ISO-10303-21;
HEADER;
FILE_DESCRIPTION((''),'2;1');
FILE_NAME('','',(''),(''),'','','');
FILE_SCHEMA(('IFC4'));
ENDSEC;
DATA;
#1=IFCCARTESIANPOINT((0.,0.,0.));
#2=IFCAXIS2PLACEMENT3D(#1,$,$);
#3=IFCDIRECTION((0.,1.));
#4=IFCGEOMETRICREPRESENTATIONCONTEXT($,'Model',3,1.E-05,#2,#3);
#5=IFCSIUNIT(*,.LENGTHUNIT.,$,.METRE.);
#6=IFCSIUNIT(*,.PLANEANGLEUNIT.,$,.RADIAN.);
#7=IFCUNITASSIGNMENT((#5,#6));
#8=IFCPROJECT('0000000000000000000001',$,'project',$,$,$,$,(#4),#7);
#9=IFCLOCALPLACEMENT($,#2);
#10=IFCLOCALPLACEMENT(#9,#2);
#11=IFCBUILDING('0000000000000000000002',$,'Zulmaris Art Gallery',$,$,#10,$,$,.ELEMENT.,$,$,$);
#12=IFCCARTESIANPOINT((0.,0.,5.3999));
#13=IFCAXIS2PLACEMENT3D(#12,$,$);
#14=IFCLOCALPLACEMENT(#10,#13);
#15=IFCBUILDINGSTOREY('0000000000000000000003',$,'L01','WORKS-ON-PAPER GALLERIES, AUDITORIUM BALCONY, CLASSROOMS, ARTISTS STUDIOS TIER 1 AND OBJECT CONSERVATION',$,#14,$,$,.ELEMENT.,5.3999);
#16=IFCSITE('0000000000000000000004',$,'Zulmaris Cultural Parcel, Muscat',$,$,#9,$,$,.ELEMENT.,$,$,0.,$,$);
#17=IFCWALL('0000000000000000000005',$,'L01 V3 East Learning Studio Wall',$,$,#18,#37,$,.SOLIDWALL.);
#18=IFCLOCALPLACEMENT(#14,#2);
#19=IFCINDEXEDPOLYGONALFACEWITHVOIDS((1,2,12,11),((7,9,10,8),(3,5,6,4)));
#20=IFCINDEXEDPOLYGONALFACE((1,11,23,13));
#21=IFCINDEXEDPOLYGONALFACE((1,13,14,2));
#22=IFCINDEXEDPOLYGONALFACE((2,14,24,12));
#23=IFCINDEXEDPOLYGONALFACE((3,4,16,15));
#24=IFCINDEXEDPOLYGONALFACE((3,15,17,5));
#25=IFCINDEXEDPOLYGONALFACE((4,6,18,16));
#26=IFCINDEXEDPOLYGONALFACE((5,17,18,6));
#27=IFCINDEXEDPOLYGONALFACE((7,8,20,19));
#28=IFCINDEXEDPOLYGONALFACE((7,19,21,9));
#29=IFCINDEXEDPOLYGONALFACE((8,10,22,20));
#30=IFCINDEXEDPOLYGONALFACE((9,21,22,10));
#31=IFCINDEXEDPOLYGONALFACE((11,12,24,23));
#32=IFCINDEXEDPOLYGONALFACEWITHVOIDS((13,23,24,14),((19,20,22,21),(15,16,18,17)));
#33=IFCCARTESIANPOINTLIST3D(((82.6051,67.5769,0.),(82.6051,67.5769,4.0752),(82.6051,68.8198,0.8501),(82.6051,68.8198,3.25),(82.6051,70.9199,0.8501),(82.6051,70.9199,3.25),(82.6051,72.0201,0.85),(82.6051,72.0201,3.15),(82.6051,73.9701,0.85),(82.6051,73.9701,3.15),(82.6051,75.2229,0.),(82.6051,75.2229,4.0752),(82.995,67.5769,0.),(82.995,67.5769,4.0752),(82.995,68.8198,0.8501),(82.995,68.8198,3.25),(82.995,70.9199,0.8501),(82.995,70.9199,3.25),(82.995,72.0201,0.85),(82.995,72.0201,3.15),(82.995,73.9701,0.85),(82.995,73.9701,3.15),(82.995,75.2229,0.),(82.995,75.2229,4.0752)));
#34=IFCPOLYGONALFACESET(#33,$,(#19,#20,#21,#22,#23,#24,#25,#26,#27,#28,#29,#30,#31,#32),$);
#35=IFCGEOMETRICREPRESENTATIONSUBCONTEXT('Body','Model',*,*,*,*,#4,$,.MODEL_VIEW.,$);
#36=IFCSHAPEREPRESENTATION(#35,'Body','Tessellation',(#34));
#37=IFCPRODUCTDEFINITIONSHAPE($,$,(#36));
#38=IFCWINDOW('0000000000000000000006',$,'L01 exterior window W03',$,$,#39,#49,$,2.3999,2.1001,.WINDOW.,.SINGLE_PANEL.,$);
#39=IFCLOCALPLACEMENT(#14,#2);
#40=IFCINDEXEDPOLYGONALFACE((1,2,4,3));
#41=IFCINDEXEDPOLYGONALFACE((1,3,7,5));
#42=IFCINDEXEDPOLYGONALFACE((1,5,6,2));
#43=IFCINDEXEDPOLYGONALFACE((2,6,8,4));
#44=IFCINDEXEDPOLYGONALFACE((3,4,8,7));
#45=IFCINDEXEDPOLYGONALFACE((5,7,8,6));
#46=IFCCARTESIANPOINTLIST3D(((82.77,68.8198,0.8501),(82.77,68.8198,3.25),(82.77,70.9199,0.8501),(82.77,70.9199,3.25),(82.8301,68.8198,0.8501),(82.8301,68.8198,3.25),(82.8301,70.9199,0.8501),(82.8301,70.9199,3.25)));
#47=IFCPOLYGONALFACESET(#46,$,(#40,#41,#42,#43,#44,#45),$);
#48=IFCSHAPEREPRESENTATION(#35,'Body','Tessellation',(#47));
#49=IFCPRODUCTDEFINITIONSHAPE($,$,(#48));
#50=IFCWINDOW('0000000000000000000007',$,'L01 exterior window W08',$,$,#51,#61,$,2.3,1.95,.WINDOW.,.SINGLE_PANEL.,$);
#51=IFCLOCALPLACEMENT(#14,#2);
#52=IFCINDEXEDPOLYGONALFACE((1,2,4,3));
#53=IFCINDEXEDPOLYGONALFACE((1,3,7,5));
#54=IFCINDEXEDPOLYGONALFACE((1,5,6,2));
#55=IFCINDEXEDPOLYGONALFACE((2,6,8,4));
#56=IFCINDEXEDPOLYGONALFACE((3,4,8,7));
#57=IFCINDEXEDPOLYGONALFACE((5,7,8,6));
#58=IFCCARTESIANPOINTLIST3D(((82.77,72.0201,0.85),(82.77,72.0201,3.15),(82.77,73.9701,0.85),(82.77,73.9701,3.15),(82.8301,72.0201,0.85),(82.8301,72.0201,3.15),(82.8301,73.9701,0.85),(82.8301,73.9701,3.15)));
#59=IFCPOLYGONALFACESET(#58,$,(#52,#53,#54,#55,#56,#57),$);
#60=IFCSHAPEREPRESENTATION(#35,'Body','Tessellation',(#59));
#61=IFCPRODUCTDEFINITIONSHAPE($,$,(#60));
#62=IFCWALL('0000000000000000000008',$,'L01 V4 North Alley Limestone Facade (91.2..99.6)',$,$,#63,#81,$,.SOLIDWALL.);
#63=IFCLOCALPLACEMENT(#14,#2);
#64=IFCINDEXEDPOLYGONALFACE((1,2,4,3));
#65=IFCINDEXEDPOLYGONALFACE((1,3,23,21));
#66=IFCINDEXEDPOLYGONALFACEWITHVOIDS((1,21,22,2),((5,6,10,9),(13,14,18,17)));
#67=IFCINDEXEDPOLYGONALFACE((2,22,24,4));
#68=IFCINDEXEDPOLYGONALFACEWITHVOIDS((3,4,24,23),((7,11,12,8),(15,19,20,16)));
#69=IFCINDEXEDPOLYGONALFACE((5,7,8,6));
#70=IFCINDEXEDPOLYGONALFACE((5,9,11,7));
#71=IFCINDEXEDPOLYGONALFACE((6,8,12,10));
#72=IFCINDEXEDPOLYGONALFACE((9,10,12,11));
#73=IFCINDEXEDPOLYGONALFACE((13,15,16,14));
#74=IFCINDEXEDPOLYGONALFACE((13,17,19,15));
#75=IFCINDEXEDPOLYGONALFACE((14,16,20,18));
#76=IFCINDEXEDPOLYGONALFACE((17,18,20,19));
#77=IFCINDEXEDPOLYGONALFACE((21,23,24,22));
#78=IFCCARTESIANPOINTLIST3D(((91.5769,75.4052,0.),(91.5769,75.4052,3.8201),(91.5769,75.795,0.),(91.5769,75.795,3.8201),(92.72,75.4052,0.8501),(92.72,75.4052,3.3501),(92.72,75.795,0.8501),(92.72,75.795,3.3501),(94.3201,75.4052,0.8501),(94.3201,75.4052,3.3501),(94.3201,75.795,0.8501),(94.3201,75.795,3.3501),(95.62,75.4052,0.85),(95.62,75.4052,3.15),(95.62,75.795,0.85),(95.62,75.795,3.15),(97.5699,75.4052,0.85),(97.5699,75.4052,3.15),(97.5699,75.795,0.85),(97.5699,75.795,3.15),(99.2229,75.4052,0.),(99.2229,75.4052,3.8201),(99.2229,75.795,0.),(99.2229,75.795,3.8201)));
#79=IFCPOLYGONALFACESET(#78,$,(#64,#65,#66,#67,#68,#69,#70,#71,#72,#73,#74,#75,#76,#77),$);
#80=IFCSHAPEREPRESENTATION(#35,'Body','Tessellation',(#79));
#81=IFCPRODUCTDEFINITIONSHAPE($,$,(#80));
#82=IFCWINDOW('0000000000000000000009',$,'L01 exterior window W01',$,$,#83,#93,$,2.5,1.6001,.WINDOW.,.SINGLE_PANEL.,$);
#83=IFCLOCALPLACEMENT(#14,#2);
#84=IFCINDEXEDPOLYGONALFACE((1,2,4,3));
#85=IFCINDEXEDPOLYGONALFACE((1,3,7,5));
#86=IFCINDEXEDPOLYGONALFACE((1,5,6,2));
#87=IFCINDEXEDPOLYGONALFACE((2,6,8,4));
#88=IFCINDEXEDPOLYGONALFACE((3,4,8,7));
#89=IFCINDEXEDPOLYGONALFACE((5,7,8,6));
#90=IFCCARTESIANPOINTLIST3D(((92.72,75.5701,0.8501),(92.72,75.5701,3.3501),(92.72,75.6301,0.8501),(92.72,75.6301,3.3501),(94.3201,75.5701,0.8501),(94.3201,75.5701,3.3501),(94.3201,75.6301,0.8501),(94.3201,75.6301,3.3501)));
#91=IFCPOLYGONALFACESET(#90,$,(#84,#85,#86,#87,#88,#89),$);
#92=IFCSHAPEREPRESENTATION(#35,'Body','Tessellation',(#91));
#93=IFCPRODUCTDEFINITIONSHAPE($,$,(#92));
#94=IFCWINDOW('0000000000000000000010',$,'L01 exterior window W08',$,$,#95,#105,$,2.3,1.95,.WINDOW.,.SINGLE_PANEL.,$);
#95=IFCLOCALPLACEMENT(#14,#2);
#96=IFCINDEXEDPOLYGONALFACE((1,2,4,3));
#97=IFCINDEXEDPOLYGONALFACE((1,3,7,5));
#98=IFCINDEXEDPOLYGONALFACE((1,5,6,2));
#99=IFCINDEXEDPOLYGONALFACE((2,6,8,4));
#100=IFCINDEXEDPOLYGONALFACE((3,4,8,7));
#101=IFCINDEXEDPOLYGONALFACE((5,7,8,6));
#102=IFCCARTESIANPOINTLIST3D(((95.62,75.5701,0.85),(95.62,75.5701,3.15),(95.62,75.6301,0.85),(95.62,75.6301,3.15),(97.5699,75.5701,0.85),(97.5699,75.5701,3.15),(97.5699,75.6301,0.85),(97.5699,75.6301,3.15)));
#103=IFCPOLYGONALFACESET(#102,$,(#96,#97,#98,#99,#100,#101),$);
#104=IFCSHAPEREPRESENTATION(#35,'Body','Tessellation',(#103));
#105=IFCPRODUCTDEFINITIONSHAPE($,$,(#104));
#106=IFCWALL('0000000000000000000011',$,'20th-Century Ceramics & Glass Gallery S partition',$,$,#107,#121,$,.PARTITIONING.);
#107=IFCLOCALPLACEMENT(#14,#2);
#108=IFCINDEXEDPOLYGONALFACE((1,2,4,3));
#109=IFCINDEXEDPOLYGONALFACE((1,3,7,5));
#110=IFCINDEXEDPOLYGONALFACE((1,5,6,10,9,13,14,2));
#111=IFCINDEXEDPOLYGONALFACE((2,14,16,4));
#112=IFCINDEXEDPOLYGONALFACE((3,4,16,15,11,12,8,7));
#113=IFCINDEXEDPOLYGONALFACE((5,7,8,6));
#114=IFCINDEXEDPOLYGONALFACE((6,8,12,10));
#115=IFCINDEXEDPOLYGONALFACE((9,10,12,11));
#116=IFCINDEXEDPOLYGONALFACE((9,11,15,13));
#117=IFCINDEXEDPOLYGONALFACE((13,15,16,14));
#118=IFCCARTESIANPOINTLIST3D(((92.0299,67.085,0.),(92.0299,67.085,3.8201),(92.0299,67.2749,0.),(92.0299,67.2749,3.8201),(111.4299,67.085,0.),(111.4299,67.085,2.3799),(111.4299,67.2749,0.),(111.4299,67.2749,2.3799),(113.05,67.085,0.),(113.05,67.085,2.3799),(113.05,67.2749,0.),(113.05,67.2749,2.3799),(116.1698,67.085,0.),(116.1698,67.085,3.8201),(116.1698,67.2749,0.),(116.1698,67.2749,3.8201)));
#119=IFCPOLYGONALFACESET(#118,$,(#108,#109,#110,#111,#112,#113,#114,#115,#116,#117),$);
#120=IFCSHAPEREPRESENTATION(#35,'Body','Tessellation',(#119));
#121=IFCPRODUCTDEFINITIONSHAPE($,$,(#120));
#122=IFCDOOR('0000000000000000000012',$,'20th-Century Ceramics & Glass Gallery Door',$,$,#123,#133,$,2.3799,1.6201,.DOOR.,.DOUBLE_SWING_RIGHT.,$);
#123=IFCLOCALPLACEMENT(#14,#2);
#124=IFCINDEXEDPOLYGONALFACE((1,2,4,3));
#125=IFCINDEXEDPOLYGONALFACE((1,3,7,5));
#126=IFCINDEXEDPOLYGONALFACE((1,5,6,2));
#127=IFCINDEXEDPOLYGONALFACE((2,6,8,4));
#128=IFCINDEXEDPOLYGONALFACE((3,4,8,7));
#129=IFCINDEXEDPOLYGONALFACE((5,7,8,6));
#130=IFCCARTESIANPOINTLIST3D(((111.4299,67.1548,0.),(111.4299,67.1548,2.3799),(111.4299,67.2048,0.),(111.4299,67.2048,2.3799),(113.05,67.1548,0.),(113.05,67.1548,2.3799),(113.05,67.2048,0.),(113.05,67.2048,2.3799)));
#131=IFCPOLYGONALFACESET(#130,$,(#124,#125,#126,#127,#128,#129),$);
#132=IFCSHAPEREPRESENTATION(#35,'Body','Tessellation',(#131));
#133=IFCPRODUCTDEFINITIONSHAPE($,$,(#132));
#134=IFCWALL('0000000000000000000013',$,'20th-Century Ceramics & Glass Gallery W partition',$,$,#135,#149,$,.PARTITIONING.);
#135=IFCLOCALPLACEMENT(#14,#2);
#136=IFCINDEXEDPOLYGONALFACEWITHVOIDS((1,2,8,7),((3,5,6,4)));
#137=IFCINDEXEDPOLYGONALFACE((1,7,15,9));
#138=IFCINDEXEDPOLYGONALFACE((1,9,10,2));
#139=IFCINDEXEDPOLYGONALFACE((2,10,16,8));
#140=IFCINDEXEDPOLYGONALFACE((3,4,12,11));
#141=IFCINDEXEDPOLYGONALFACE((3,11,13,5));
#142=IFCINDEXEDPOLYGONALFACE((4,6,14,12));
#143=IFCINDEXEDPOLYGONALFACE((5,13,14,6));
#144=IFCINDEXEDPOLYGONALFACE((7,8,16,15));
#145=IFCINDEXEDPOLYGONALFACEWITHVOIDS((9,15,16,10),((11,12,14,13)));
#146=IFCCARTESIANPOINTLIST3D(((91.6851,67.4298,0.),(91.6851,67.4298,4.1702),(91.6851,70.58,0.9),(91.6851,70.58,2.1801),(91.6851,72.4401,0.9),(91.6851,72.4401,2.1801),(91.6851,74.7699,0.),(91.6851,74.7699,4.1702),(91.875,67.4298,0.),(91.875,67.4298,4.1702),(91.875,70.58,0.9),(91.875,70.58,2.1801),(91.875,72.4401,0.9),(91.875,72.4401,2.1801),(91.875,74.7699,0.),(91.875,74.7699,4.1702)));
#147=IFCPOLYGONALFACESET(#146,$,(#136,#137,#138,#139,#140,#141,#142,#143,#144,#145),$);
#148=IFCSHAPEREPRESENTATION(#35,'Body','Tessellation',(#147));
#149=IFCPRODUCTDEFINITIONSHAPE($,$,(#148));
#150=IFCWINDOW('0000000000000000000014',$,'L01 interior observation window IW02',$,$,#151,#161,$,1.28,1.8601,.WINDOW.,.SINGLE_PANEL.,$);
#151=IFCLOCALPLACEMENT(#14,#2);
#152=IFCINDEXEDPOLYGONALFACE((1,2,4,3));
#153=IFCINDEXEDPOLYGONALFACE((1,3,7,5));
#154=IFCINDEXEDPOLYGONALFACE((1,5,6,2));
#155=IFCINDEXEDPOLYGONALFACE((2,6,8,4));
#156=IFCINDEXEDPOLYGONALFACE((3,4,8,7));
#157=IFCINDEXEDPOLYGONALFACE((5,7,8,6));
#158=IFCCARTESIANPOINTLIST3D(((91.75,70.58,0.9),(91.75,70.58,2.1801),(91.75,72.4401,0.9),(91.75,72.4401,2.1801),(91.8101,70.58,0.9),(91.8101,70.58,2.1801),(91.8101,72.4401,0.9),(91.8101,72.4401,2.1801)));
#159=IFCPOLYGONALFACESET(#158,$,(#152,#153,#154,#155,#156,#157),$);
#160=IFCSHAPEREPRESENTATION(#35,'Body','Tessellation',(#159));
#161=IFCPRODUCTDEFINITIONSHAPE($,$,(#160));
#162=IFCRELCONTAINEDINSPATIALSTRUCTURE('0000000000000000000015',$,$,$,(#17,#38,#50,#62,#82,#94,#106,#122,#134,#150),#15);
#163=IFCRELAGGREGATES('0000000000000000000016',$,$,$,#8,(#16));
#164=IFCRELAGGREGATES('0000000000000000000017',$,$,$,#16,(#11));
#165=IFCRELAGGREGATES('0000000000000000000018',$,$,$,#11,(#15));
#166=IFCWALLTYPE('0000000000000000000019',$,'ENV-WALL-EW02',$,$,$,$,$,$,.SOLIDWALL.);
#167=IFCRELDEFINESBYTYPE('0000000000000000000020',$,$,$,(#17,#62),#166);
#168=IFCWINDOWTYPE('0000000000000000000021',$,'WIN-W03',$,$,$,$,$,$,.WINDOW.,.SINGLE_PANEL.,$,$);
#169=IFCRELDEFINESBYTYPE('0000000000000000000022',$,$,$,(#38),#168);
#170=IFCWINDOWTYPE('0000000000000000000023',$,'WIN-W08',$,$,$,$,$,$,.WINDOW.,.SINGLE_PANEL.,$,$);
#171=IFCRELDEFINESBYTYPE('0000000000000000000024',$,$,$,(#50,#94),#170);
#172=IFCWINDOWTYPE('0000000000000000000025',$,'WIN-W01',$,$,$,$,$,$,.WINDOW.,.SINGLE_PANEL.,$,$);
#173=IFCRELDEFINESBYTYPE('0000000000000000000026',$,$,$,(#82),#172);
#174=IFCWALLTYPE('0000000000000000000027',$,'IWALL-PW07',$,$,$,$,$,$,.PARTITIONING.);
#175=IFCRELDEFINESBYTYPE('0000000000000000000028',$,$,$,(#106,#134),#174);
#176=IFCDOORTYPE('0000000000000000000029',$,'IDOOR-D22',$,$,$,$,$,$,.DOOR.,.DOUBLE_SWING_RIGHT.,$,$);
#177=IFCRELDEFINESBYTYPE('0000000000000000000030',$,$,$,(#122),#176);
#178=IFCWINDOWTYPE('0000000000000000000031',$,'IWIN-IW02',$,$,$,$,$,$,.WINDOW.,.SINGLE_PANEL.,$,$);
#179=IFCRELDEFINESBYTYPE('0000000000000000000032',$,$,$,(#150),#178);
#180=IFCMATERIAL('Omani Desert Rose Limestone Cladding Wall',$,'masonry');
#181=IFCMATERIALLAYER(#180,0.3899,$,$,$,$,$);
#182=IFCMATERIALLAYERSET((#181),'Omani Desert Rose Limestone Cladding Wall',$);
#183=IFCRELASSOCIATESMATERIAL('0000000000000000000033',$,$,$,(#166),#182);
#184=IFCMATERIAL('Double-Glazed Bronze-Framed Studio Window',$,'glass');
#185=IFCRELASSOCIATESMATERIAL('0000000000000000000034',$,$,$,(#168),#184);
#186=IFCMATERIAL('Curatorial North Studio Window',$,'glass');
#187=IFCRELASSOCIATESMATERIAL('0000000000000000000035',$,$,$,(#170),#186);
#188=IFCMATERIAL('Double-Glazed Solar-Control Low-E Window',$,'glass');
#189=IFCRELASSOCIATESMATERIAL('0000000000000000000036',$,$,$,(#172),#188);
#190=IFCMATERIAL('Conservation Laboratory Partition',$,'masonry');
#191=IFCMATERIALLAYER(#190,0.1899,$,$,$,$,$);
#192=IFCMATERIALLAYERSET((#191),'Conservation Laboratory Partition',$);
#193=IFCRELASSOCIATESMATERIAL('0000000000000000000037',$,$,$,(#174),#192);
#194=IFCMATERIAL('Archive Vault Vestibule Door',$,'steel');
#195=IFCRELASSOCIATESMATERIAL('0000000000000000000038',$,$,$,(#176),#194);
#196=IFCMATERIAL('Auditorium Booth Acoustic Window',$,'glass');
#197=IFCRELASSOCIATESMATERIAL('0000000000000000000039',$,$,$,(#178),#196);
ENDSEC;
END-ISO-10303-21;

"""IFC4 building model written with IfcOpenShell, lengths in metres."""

from ifc_helpers import new_model, si_unit, direction, frame, frame_2d, origin, place, context, subcontext, project, spatial, rectangle, extrude, material, layer, layer_set, type_object, element, fill, save


model = new_model("IFC4")

# Units and contexts
model_context = context("Model", 3, precision=1e-05, world=origin(), true_north=direction((0.0, 1.0)))
body_context = subcontext(model_context, "Body", "Model", "MODEL_VIEW")
ifc_project = project(units=[si_unit("LENGTHUNIT", "METRE"), si_unit("PLANEANGLEUNIT", "RADIAN")], contexts=[model_context])

# Site, building, storey
site_placement = place(None, origin())
site = spatial("IfcSite", under=ifc_project, at=site_placement, Name="Zulmaris Cultural Parcel, Muscat", CompositionType="ELEMENT", RefElevation=0.0)
building_placement = place(site_placement, origin())
building = spatial("IfcBuilding", under=site, at=building_placement, Name="Zulmaris Art Gallery", CompositionType="ELEMENT")
storey_placement = place(building_placement, frame((0.0, 0.0, 5.3999)))
storey = spatial("IfcBuildingStorey", under=building, at=storey_placement, Name="L01", Description="WORKS-ON-PAPER GALLERIES, AUDITORIUM BALCONY, CLASSROOMS, ARTISTS STUDIOS TIER 1 AND OBJECT CONSERVATION", CompositionType="ELEMENT", Elevation=5.3999)

# Walls, openings, windows
ifc_material_1 = material(Name="Omani Desert Rose Limestone Cladding Wall", Category="masonry")
ifc_layer_1 = layer(ifc_material_1, 0.3899)
ifc_layer_set_1 = layer_set([ifc_layer_1], Name="Omani Desert Rose Limestone Cladding Wall")
wall_type_1 = type_object("IfcWallType", Name="ENV-WALL-EW02", PredefinedType="SOLIDWALL", material=ifc_layer_set_1)
ifc_material_2 = material(Name="Double-Glazed Bronze-Framed Studio Window", Category="glass")
window_type_1 = type_object("IfcWindowType", Name="WIN-W03", PartitioningType="SINGLE_PANEL", PredefinedType="WINDOW", material=ifc_material_2)
ifc_material_3 = material(Name="Curatorial North Studio Window", Category="glass")
window_type_2 = type_object("IfcWindowType", Name="WIN-W08", PartitioningType="SINGLE_PANEL", PredefinedType="WINDOW", material=ifc_material_3)
wall_1_placement = place(storey_placement, frame((82.8, 67.5769, 0.0), z_axis=(0.0, 0.0, 1.0), x_axis=(0.0, 1.0, 0.0)))
wall_1 = element("IfcWall", 1, at=wall_1_placement, inside=storey, type_object=wall_type_1, Name="L01 V3 East Learning Studio Wall", PredefinedType="SOLIDWALL", context=body_context, shape_type="SweptSolid", body=[
    extrude(rectangle(XDim=7.646, YDim=0.3899, at=frame_2d((3.823, 0.0))), origin(), (0.0, 0.0, 1.0), 4.0752),
])
opening_1_placement = place(wall_1_placement, frame((1.2429, 0.0, 0.8501)))
opening_1 = element("IfcOpeningElement", 2, at=opening_1_placement, cuts=wall_1, PredefinedType="OPENING", context=body_context, shape_type="SweptSolid", body=[
    extrude(rectangle(XDim=2.1001, YDim=2.3999, at=frame_2d((1.05, 1.2))), frame((0.0, 0.2048, 0.0), z_axis=(0.0, -1.0, 0.0), x_axis=(1.0, 0.0, 0.0)), (0.0, 0.0, 1.0), 0.4099),
])
opening_2_placement = place(wall_1_placement, frame((4.4431, 0.0, 0.8501)))
opening_2 = element("IfcOpeningElement", 3, at=opening_2_placement, cuts=wall_1, PredefinedType="OPENING", context=body_context, shape_type="SweptSolid", body=[
    extrude(rectangle(XDim=1.95, YDim=2.3, at=frame_2d((0.9751, 1.1499))), frame((0.0, 0.2048, 0.0), z_axis=(0.0, -1.0, 0.0), x_axis=(1.0, 0.0, 0.0)), (0.0, 0.0, 1.0), 0.4099),
])
window_1_placement = place(opening_1_placement, origin())
window_1 = element("IfcWindow", 4, at=window_1_placement, inside=storey, type_object=window_type_1, Name="L01 exterior window W03", OverallHeight=2.3999, OverallWidth=2.1001, PartitioningType="SINGLE_PANEL", PredefinedType="WINDOW", context=body_context, shape_type="SweptSolid", body=[
    extrude(rectangle(XDim=2.1001, YDim=2.3999, at=frame_2d((1.05, 1.2))), frame((0.0, 0.03, 0.0), z_axis=(0.0, -1.0, 0.0), x_axis=(1.0, 0.0, 0.0)), (0.0, 0.0, 1.0), 0.0601),
])
fill(opening_1, window_1)
window_2_placement = place(opening_2_placement, origin())
window_2 = element("IfcWindow", 5, at=window_2_placement, inside=storey, type_object=window_type_2, Name="L01 exterior window W08", OverallHeight=2.3, OverallWidth=1.95, PartitioningType="SINGLE_PANEL", PredefinedType="WINDOW", context=body_context, shape_type="SweptSolid", body=[
    extrude(rectangle(XDim=1.95, YDim=2.3, at=frame_2d((0.9751, 1.1499))), frame((0.0, 0.03, 0.0), z_axis=(0.0, -1.0, 0.0), x_axis=(1.0, 0.0, 0.0)), (0.0, 0.0, 1.0), 0.0601),
])
fill(opening_2, window_2)
wall_2_placement = place(storey_placement, frame((91.5769, 75.6001, 0.0), z_axis=(0.0, 0.0, 1.0), x_axis=(1.0, 0.0, 0.0)))
wall_2 = element("IfcWall", 6, at=wall_2_placement, inside=storey, type_object=wall_type_1, Name="L01 V4 North Alley Limestone Facade (91.2..99.6)", PredefinedType="SOLIDWALL", context=body_context, shape_type="SweptSolid", body=[
    extrude(rectangle(XDim=7.646, YDim=0.3899, at=frame_2d((3.823, 0.0))), origin(), (0.0, 0.0, 1.0), 3.8201),
])
opening_3_placement = place(wall_2_placement, frame((1.1431, 0.0, 0.8501)))
opening_3 = element("IfcOpeningElement", 7, at=opening_3_placement, cuts=wall_2, PredefinedType="OPENING", context=body_context, shape_type="SweptSolid", body=[
    extrude(rectangle(XDim=1.6001, YDim=2.5, at=frame_2d((0.8, 1.25))), frame((0.0, 0.2048, 0.0), z_axis=(0.0, -1.0, 0.0), x_axis=(1.0, 0.0, 0.0)), (0.0, 0.0, 1.0), 0.4099),
])
opening_4_placement = place(wall_2_placement, frame((4.043, 0.0, 0.8501)))
opening_4 = element("IfcOpeningElement", 8, at=opening_4_placement, cuts=wall_2, PredefinedType="OPENING", context=body_context, shape_type="SweptSolid", body=[
    extrude(rectangle(XDim=1.95, YDim=2.3, at=frame_2d((0.9751, 1.1499))), frame((0.0, 0.2048, 0.0), z_axis=(0.0, -1.0, 0.0), x_axis=(1.0, 0.0, 0.0)), (0.0, 0.0, 1.0), 0.4099),
])
ifc_material_4 = material(Name="Double-Glazed Solar-Control Low-E Window", Category="glass")
window_type_3 = type_object("IfcWindowType", Name="WIN-W01", PartitioningType="SINGLE_PANEL", PredefinedType="WINDOW", material=ifc_material_4)
window_3_placement = place(opening_3_placement, origin())
window_3 = element("IfcWindow", 9, at=window_3_placement, inside=storey, type_object=window_type_3, Name="L01 exterior window W01", OverallHeight=2.5, OverallWidth=1.6001, PartitioningType="SINGLE_PANEL", PredefinedType="WINDOW", context=body_context, shape_type="SweptSolid", body=[
    extrude(rectangle(XDim=1.6001, YDim=2.5, at=frame_2d((0.8, 1.25))), frame((0.0, 0.03, 0.0), z_axis=(0.0, -1.0, 0.0), x_axis=(1.0, 0.0, 0.0)), (0.0, 0.0, 1.0), 0.0601),
])
fill(opening_3, window_3)
window_4_placement = place(opening_4_placement, origin())
window_4 = element("IfcWindow", 10, at=window_4_placement, inside=storey, type_object=window_type_2, Name="L01 exterior window W08", OverallHeight=2.3, OverallWidth=1.95, PartitioningType="SINGLE_PANEL", PredefinedType="WINDOW", context=body_context, shape_type="SweptSolid", body=[
    extrude(rectangle(XDim=1.95, YDim=2.3, at=frame_2d((0.9751, 1.1499))), frame((0.0, 0.03, 0.0), z_axis=(0.0, -1.0, 0.0), x_axis=(1.0, 0.0, 0.0)), (0.0, 0.0, 1.0), 0.0601),
])
fill(opening_4, window_4)

# Wall, opening, door
ifc_material_5 = material(Name="Conservation Laboratory Partition", Category="masonry")
ifc_layer_2 = layer(ifc_material_5, 0.1899)
ifc_layer_set_2 = layer_set([ifc_layer_2], Name="Conservation Laboratory Partition")
wall_type_2 = type_object("IfcWallType", Name="IWALL-PW07", PredefinedType="PARTITIONING", material=ifc_layer_set_2)
wall_3_placement = place(storey_placement, frame((92.03, 67.1799, 0.0), z_axis=(0.0, 0.0, 1.0), x_axis=(1.0, 0.0, 0.0)))
wall_3 = element("IfcWall", 11, at=wall_3_placement, inside=storey, type_object=wall_type_2, Name="20th-Century Ceramics & Glass Gallery S partition", PredefinedType="PARTITIONING", context=body_context, shape_type="SweptSolid", body=[
    extrude(rectangle(XDim=24.1399, YDim=0.1899, at=frame_2d((12.0698, 0.0))), origin(), (0.0, 0.0, 1.0), 3.8201),
])
opening_5_placement = place(wall_3_placement, frame((19.3999, 0.0, 0.0)))
opening_5 = element("IfcOpeningElement", 12, at=opening_5_placement, cuts=wall_3, PredefinedType="OPENING", context=body_context, shape_type="SweptSolid", body=[
    extrude(rectangle(XDim=1.6201, YDim=2.3799, at=frame_2d((0.8101, 1.1899))), frame((0.0, 0.105, 0.0), z_axis=(0.0, -1.0, 0.0), x_axis=(1.0, 0.0, 0.0)), (0.0, 0.0, 1.0), 0.21),
])
ifc_material_6 = material(Name="Archive Vault Vestibule Door", Category="steel")
door_type = type_object("IfcDoorType", Name="IDOOR-D22", OperationType="DOUBLE_SWING_RIGHT", PredefinedType="DOOR", material=ifc_material_6)
door_placement = place(opening_5_placement, origin())
door = element("IfcDoor", 13, at=door_placement, inside=storey, type_object=door_type, Name="20th-Century Ceramics & Glass Gallery Door", OperationType="DOUBLE_SWING_RIGHT", OverallHeight=2.3799, OverallWidth=1.6201, PredefinedType="DOOR", context=body_context, shape_type="SweptSolid", body=[
    extrude(rectangle(XDim=1.6201, YDim=2.3799, at=frame_2d((0.8101, 1.1899))), frame((0.0, 0.0249, 0.0), z_axis=(0.0, -1.0, 0.0), x_axis=(1.0, 0.0, 0.0)), (0.0, 0.0, 1.0), 0.05),
])
fill(opening_5, door)

# Wall, opening, window
wall_4_placement = place(storey_placement, frame((91.78, 67.4299, 0.0), z_axis=(0.0, 0.0, 1.0), x_axis=(0.0, 1.0, 0.0)))
wall_4 = element("IfcWall", 14, at=wall_4_placement, inside=storey, type_object=wall_type_2, Name="20th-Century Ceramics & Glass Gallery W partition", PredefinedType="PARTITIONING", context=body_context, shape_type="SweptSolid", body=[
    extrude(rectangle(XDim=7.3401, YDim=0.1899, at=frame_2d((3.6699, 0.0))), origin(), (0.0, 0.0, 1.0), 4.1702),
])
opening_6_placement = place(wall_4_placement, frame((3.1499, 0.0, 0.8999)))
opening_6 = element("IfcOpeningElement", 15, at=opening_6_placement, cuts=wall_4, PredefinedType="OPENING", context=body_context, shape_type="SweptSolid", body=[
    extrude(rectangle(XDim=1.8601, YDim=1.28, at=frame_2d((0.9302, 0.6401))), frame((0.0, 0.105, 0.0), z_axis=(0.0, -1.0, 0.0), x_axis=(1.0, 0.0, 0.0)), (0.0, 0.0, 1.0), 0.21),
])
ifc_material_7 = material(Name="Auditorium Booth Acoustic Window", Category="glass")
window_type_4 = type_object("IfcWindowType", Name="IWIN-IW02", PartitioningType="SINGLE_PANEL", PredefinedType="WINDOW", material=ifc_material_7)
window_5_placement = place(opening_6_placement, origin())
window_5 = element("IfcWindow", 16, at=window_5_placement, inside=storey, type_object=window_type_4, Name="L01 interior observation window IW02", OverallHeight=1.28, OverallWidth=1.8601, PartitioningType="SINGLE_PANEL", PredefinedType="WINDOW", context=body_context, shape_type="SweptSolid", body=[
    extrude(rectangle(XDim=1.8601, YDim=1.28, at=frame_2d((0.9302, 0.6401))), frame((0.0, 0.03, 0.0), z_axis=(0.0, -1.0, 0.0), x_axis=(1.0, 0.0, 0.0)), (0.0, 0.0, 1.0), 0.0601),
])
fill(opening_6, window_5)

save(model, "model.ifc")
